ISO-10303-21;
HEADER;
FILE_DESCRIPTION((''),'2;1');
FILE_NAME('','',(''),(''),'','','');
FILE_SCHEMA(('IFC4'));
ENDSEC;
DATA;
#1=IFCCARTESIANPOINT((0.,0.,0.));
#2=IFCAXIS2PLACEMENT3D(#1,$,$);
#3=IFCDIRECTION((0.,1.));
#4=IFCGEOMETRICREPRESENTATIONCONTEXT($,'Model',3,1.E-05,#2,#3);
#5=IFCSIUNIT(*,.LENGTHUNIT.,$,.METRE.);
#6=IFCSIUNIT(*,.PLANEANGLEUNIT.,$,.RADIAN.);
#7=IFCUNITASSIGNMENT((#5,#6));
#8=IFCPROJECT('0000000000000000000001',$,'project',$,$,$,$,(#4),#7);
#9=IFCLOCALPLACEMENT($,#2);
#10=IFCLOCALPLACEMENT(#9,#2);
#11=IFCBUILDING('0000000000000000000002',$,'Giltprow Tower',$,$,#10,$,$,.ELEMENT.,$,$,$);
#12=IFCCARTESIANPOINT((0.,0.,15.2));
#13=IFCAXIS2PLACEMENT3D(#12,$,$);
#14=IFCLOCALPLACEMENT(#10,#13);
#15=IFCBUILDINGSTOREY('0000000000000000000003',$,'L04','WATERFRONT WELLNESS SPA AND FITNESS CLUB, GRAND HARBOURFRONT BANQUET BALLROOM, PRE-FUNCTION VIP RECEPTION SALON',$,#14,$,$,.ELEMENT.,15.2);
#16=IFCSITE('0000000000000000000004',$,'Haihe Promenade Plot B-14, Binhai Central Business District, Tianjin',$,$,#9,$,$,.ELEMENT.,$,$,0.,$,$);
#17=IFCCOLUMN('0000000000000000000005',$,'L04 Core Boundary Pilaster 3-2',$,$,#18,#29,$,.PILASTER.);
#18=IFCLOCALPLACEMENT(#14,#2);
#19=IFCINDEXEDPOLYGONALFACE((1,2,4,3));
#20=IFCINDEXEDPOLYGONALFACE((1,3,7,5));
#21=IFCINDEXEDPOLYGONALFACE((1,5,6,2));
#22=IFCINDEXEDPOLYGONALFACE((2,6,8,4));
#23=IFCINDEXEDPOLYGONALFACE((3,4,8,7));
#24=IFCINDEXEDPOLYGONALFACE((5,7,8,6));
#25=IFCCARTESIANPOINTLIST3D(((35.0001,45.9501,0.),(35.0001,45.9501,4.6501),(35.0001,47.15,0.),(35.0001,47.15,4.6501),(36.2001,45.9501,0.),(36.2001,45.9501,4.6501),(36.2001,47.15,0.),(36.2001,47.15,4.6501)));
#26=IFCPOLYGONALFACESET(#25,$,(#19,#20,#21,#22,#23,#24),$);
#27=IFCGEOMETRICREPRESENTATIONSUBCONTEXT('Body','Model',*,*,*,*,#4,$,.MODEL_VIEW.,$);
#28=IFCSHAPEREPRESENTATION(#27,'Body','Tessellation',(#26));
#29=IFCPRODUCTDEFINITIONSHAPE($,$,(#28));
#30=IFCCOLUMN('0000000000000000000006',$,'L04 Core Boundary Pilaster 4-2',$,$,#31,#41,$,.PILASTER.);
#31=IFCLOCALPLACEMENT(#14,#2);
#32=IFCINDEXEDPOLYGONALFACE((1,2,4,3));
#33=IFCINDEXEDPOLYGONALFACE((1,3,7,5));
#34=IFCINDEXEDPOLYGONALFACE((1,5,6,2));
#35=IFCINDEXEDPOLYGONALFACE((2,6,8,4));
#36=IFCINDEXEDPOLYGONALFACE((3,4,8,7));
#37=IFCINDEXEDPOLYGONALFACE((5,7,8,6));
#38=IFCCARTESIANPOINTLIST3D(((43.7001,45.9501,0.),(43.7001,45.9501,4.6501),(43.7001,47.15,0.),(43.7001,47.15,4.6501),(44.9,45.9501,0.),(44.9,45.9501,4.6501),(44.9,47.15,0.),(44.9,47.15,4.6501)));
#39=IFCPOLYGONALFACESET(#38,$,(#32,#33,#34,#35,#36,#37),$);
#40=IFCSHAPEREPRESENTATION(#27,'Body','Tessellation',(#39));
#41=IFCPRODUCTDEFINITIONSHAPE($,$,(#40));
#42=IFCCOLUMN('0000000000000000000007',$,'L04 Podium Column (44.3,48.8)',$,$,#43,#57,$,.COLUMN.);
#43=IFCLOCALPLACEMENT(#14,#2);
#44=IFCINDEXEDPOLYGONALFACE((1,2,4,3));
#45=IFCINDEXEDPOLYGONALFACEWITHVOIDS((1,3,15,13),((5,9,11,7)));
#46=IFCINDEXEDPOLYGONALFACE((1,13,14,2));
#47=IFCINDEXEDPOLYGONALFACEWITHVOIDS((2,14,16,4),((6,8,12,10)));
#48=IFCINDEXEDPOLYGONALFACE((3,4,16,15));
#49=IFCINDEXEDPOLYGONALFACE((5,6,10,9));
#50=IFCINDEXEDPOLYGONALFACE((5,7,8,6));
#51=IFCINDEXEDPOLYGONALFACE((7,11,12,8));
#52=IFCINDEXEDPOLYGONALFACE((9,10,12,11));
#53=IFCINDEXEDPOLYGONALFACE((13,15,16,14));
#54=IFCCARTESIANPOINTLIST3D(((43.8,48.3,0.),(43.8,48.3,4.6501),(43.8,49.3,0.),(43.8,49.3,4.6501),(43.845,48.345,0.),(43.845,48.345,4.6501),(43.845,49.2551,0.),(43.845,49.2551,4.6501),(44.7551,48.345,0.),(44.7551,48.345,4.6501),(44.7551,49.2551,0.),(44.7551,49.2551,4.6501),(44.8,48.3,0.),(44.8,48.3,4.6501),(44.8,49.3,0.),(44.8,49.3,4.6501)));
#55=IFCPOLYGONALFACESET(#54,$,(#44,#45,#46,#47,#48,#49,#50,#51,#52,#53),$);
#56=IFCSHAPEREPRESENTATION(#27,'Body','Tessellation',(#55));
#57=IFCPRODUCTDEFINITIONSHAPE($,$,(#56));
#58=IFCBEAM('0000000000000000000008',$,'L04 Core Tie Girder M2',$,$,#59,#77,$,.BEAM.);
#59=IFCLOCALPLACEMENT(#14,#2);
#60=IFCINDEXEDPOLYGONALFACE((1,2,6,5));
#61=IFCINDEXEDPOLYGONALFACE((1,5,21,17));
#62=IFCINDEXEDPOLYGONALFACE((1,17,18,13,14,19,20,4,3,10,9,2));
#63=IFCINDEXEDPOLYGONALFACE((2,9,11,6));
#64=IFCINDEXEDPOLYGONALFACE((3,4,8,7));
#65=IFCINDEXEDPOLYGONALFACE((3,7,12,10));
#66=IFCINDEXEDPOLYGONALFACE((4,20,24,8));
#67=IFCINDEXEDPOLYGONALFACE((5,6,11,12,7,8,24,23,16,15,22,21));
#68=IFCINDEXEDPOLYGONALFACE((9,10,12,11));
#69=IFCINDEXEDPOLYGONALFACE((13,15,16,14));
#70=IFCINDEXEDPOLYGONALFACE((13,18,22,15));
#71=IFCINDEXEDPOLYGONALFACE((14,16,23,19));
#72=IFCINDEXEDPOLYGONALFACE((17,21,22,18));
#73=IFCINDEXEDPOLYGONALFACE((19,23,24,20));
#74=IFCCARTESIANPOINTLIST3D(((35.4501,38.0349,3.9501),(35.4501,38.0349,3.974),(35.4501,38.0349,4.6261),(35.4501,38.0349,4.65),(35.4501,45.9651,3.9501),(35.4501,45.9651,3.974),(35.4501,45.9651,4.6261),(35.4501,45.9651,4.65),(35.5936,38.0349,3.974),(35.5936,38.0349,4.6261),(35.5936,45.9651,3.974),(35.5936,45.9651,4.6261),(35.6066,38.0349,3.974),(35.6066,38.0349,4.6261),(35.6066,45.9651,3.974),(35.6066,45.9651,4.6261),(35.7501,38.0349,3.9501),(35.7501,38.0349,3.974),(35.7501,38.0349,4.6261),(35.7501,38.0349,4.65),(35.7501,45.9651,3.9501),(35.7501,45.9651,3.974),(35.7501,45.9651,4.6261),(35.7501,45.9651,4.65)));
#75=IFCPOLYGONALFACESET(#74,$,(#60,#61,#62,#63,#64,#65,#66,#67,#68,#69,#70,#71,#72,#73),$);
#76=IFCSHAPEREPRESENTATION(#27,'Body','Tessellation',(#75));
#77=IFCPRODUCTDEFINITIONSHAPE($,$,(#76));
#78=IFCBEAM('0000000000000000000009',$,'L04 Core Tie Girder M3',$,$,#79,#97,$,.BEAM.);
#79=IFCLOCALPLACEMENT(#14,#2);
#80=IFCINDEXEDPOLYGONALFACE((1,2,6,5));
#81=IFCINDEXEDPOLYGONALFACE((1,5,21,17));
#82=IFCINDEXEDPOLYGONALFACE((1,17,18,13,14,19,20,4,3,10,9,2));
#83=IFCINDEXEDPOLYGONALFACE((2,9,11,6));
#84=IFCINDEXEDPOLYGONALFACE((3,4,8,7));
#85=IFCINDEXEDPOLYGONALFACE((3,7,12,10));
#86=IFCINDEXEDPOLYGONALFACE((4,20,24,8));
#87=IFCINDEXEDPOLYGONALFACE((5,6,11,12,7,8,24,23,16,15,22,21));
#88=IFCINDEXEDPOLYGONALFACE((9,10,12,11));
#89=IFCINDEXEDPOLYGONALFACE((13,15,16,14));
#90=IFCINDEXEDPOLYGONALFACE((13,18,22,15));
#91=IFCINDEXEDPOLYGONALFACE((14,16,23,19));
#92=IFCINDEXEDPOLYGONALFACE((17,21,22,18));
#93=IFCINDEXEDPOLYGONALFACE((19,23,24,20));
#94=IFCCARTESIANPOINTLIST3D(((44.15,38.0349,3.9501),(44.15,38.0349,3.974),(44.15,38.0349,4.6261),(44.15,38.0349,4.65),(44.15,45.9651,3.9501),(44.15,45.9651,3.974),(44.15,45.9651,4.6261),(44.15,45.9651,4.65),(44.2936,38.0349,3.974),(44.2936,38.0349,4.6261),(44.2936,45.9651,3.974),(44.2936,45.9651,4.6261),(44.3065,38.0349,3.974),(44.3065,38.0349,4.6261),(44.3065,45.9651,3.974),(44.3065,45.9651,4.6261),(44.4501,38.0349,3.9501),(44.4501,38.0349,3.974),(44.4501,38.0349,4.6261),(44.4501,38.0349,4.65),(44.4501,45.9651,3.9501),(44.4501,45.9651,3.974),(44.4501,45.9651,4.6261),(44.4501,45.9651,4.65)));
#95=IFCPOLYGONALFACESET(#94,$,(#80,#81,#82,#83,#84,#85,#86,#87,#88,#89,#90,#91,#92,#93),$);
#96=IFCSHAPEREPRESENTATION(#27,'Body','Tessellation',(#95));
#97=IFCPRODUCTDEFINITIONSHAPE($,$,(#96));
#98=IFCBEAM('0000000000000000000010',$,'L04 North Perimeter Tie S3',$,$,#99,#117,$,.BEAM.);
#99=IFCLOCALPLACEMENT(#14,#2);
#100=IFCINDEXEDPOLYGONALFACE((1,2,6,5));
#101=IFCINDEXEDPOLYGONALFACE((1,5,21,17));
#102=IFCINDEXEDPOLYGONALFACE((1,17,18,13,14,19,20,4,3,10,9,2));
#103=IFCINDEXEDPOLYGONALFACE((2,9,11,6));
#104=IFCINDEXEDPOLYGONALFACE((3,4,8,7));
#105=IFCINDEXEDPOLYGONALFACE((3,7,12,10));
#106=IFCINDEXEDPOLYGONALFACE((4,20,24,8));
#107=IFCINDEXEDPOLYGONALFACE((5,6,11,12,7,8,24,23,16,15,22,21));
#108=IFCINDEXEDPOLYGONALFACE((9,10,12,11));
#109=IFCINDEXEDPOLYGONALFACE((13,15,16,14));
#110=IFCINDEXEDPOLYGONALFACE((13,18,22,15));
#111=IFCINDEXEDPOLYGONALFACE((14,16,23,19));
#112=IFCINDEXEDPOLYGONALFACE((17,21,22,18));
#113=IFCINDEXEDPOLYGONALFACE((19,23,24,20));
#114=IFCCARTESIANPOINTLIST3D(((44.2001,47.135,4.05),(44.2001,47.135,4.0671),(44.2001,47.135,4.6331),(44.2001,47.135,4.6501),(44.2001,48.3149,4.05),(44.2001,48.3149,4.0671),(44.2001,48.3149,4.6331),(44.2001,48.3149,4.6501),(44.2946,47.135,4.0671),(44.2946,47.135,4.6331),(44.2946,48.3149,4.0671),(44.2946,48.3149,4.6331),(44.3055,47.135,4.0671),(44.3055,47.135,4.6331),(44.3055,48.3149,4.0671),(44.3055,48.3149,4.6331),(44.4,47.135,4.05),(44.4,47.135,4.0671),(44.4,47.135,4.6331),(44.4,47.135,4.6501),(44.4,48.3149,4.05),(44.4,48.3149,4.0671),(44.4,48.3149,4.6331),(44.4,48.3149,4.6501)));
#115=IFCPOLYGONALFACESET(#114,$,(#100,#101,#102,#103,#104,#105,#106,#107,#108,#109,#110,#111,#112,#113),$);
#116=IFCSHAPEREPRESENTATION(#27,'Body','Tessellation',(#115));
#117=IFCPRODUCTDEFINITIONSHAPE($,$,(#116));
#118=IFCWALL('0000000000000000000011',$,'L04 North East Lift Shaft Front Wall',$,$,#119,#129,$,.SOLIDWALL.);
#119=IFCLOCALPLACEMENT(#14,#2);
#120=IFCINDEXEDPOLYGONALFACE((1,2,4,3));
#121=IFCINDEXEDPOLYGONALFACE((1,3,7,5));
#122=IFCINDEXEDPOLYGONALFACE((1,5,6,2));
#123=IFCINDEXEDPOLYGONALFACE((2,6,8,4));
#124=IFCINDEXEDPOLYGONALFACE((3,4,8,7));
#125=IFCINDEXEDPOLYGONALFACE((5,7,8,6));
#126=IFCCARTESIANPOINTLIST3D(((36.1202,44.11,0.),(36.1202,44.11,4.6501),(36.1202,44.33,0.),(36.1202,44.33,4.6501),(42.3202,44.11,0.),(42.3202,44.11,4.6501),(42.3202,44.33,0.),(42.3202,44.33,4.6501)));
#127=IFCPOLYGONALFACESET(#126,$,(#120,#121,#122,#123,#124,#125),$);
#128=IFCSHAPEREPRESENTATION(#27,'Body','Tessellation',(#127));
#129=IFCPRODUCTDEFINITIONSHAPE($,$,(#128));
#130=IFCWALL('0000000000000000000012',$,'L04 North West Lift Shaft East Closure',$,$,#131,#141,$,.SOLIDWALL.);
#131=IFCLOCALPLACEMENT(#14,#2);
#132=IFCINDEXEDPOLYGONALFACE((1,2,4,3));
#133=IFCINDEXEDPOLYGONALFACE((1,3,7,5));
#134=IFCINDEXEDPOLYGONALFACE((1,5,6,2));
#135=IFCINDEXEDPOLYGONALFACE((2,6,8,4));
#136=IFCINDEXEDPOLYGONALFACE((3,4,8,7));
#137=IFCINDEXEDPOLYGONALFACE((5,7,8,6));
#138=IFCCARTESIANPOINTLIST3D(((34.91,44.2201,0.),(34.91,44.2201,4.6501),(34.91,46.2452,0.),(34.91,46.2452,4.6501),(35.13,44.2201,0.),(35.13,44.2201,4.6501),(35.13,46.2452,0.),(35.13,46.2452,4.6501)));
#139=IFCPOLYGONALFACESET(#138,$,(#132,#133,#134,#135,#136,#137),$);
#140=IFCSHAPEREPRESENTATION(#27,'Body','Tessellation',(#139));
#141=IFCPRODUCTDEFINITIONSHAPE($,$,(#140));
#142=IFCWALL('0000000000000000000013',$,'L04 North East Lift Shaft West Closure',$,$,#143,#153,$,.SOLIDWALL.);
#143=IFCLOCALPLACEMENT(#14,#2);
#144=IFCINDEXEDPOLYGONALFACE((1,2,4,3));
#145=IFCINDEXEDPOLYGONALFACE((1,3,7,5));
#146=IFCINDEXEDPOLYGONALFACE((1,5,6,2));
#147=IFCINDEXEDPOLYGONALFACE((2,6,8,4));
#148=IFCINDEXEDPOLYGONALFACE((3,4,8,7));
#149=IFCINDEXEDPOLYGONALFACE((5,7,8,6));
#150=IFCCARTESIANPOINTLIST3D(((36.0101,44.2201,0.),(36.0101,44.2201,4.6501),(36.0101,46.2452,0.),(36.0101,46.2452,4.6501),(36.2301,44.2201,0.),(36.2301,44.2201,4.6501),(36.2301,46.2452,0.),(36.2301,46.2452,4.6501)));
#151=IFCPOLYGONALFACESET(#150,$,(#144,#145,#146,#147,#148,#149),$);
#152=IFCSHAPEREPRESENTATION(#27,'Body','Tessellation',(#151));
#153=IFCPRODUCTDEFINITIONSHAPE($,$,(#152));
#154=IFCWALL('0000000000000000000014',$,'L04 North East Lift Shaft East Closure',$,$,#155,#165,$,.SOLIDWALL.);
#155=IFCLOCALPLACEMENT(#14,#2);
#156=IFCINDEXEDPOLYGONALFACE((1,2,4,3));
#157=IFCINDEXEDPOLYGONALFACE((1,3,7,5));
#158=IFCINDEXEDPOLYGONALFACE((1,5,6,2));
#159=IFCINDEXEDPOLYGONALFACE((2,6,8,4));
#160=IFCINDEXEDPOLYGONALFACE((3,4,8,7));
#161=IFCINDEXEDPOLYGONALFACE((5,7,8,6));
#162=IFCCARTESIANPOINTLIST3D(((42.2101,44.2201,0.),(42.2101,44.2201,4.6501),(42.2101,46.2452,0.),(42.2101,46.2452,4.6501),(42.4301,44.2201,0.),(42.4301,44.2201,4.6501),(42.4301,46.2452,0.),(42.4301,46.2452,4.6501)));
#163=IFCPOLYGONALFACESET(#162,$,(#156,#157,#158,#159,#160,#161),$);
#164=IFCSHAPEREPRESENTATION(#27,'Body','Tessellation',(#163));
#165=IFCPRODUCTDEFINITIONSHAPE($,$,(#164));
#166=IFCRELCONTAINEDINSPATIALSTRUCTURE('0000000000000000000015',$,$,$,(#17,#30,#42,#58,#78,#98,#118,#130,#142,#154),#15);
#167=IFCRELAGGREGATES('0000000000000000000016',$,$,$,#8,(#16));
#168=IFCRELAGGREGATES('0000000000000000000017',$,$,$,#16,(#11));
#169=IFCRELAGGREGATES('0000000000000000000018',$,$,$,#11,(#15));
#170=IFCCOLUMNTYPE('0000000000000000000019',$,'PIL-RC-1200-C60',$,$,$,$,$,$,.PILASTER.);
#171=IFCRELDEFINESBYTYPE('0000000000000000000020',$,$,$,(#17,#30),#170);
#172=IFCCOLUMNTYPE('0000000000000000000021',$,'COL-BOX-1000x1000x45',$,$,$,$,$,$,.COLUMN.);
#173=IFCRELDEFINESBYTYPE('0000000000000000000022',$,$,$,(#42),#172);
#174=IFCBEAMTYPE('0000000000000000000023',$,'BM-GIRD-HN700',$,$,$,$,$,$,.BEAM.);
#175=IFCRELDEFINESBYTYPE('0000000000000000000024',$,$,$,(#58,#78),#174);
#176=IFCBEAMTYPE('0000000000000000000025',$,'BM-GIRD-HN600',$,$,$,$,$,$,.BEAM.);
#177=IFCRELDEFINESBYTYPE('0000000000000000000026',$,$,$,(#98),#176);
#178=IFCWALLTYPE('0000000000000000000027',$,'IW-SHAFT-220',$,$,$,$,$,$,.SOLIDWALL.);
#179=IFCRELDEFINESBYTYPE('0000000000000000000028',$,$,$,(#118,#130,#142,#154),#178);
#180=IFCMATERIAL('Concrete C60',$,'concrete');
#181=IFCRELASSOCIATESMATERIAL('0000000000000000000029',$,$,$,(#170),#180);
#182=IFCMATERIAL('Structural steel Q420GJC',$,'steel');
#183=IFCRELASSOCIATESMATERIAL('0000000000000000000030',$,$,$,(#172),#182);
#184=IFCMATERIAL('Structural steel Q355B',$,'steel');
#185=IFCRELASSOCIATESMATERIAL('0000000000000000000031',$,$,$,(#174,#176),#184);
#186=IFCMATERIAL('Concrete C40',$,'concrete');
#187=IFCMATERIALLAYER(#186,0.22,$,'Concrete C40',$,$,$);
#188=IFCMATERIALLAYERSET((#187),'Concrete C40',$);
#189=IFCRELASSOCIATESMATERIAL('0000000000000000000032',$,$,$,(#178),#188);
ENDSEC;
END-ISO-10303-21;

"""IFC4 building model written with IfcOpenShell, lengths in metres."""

from ifc_helpers import new_model, si_unit, direction, frame, frame_2d, origin, origin_2d, place, context, subcontext, project, spatial, rectangle, hollow_rectangle, i_section, extrude, source, transform, mapped, material, layer, layer_set, material_profile, profile_set, type_object, element, save


model = new_model("IFC4")

# Units and contexts
model_context = context("Model", 3, precision=1e-05, world=origin(), true_north=direction((0.0, 1.0)))
body_context = subcontext(model_context, "Body", "Model", "MODEL_VIEW")
ifc_project = project(units=[si_unit("LENGTHUNIT", "METRE"), si_unit("PLANEANGLEUNIT", "RADIAN")], contexts=[model_context])

# Site, building, storey
site_placement = place(None, origin())
site = spatial("IfcSite", under=ifc_project, at=site_placement, Name="Haihe Promenade Plot B-14, Binhai Central Business District, Tianjin", CompositionType="ELEMENT", RefElevation=0.0)
building_placement = place(site_placement, origin())
building = spatial("IfcBuilding", under=site, at=building_placement, Name="Giltprow Tower", CompositionType="ELEMENT")
storey_placement = place(building_placement, frame((0.0, 0.0, 15.2)))
storey = spatial("IfcBuildingStorey", under=building, at=storey_placement, Name="L04", Description="WATERFRONT WELLNESS SPA AND FITNESS CLUB, GRAND HARBOURFRONT BANQUET BALLROOM, PRE-FUNCTION VIP RECEPTION SALON", CompositionType="ELEMENT", Elevation=15.2)

# Columns
ifc_material_1 = material(Name="Concrete C60", Category="concrete")
ifc_material_profile_1 = material_profile(ifc_material_1, rectangle(XDim=1.2, YDim=1.2, at=origin_2d()), Name="RC 1200x1200")
ifc_profile_set_1 = profile_set([ifc_material_profile_1], Name="Concrete C60")
column_type_1 = type_object("IfcColumnType", Name="PIL-RC-1200-C60", PredefinedType="PILASTER", material=ifc_profile_set_1)
shared_shape_1 = source(origin(), body_context, "Body", "SweptSolid", [
    extrude(rectangle(XDim=1.2, YDim=1.2, at=origin_2d()), origin(), (0.0, 0.0, 1.0), 4.6501),
])
for number, where, z_axis, x_axis, name in (
    (1, (35.6001, 46.55, 0.0), (0.0, 0.0, 1.0), (1.0, 0.0, 0.0), "L04 Core Boundary Pilaster 3-2"),
    (2, (44.3, 46.55, 0.0), (0.0, 0.0, 1.0), (1.0, 0.0, 0.0), "L04 Core Boundary Pilaster 4-2"),
):
    element("IfcColumn", number, at=place(storey_placement, frame(where, z_axis=z_axis, x_axis=x_axis)), inside=storey, type_object=column_type_1, Name=name, PredefinedType="PILASTER", context=body_context, shape_type="MappedRepresentation", body=[
        mapped(shared_shape_1, transform((0.0, 0.0, 0.0), x_axis=(1.0, 0.0, 0.0), y_axis=(0.0, 1.0, 0.0), z_axis=(0.0, 0.0, 1.0), scale=1.0)),
    ])
ifc_material_2 = material(Name="Structural steel Q420GJC", Category="steel")
ifc_material_profile_2 = material_profile(ifc_material_2, hollow_rectangle(XDim=1.0, YDim=1.0, WallThickness=0.0449, at=origin_2d()), Name="BOX 1000x1000x45")
ifc_profile_set_2 = profile_set([ifc_material_profile_2], Name="Structural steel Q420GJC")
column_type_2 = type_object("IfcColumnType", Name="COL-BOX-1000x1000x45", PredefinedType="COLUMN", material=ifc_profile_set_2)
shared_shape_2 = source(origin(), body_context, "Body", "SweptSolid", [
    extrude(hollow_rectangle(XDim=1.0, YDim=1.0, WallThickness=0.0449, at=origin_2d()), origin(), (0.0, 0.0, 1.0), 4.6501),
])
column_placement = place(storey_placement, frame((44.3, 48.8, 0.0), z_axis=(0.0, 0.0, 1.0), x_axis=(1.0, 0.0, 0.0)))
element("IfcColumn", 3, at=column_placement, inside=storey, type_object=column_type_2, Name="L04 Podium Column (44.3,48.8)", PredefinedType="COLUMN", context=body_context, shape_type="MappedRepresentation", body=[
    mapped(shared_shape_2, transform((0.0, 0.0, 0.0), x_axis=(1.0, 0.0, 0.0), y_axis=(0.0, 1.0, 0.0), z_axis=(0.0, 0.0, 1.0), scale=1.0)),
])

# Beams
ifc_material_3 = material(Name="Structural steel Q355B", Category="steel")
ifc_material_profile_3 = material_profile(ifc_material_3, i_section(OverallWidth=0.3, OverallDepth=0.7, WebThickness=0.0129, FlangeThickness=0.0239, at=origin_2d()), Name="HN 700x300x13x24")
ifc_profile_set_3 = profile_set([ifc_material_profile_3], Name="Structural steel Q355B")
beam_type_1 = type_object("IfcBeamType", Name="BM-GIRD-HN700", PredefinedType="BEAM", material=ifc_profile_set_3)
shared_shape_3 = source(origin(), body_context, "Body", "SweptSolid", [
    extrude(i_section(OverallWidth=0.3, OverallDepth=0.7, WebThickness=0.0129, FlangeThickness=0.0239, at=origin_2d()), origin(), (0.0, 0.0, 1.0), 7.9302),
])
for number, where, z_axis, x_axis, name in (
    (4, (35.6001, 38.0349, 4.3), (0.0, 1.0, 0.0), (-1.0, 0.0, 0.0), "L04 Core Tie Girder M2"),
    (5, (44.3, 38.0349, 4.3), (0.0, 1.0, 0.0), (-1.0, 0.0, 0.0), "L04 Core Tie Girder M3"),
):
    element("IfcBeam", number, at=place(storey_placement, frame(where, z_axis=z_axis, x_axis=x_axis)), inside=storey, type_object=beam_type_1, Name=name, PredefinedType="BEAM", context=body_context, shape_type="MappedRepresentation", body=[
        mapped(shared_shape_3, transform((0.0, 0.0, 0.0), x_axis=(1.0, 0.0, 0.0), y_axis=(0.0, 1.0, 0.0), z_axis=(0.0, 0.0, 1.0), scale=1.0)),
    ])
ifc_material_profile_4 = material_profile(ifc_material_3, i_section(OverallWidth=0.2, OverallDepth=0.6001, WebThickness=0.011, FlangeThickness=0.0171, at=origin_2d()), Name="HN 600x200x11x17")
ifc_profile_set_4 = profile_set([ifc_material_profile_4], Name="Structural steel Q355B")
beam_type_2 = type_object("IfcBeamType", Name="BM-GIRD-HN600", PredefinedType="BEAM", material=ifc_profile_set_4)
shared_shape_4 = source(origin(), body_context, "Body", "SweptSolid", [
    extrude(i_section(OverallWidth=0.2, OverallDepth=0.6001, WebThickness=0.011, FlangeThickness=0.0171, at=origin_2d()), origin(), (0.0, 0.0, 1.0), 1.1799),
])
beam_placement = place(storey_placement, frame((44.3, 47.135, 4.3501), z_axis=(0.0, 1.0, 0.0), x_axis=(-1.0, 0.0, 0.0)))
element("IfcBeam", 6, at=beam_placement, inside=storey, type_object=beam_type_2, Name="L04 North Perimeter Tie S3", PredefinedType="BEAM", context=body_context, shape_type="MappedRepresentation", body=[
    mapped(shared_shape_4, transform((0.0, 0.0, 0.0), x_axis=(1.0, 0.0, 0.0), y_axis=(0.0, 1.0, 0.0), z_axis=(0.0, 0.0, 1.0), scale=1.0)),
])

# Walls
ifc_material_4 = material(Name="Concrete C40", Category="concrete")
ifc_layer_1 = layer(ifc_material_4, 0.22, Name="Concrete C40")
ifc_layer_set_1 = layer_set([ifc_layer_1], Name="Concrete C40")
wall_type_1 = type_object("IfcWallType", Name="IW-SHAFT-220", PredefinedType="SOLIDWALL", material=ifc_layer_set_1)
wall_1_placement = place(storey_placement, frame((36.1201, 44.22, 0.0), z_axis=(0.0, 0.0, 1.0), x_axis=(1.0, 0.0, 0.0)))
element("IfcWall", 7, at=wall_1_placement, inside=storey, type_object=wall_type_1, Name="L04 North East Lift Shaft Front Wall", PredefinedType="SOLIDWALL", context=body_context, shape_type="SweptSolid", body=[
    extrude(rectangle(XDim=6.2, YDim=0.22, at=frame_2d((3.1001, 0.0))), origin(), (0.0, 0.0, 1.0), 4.6501),
])
for number, where, z_axis, x_axis, name in (
    (8, (35.02, 44.22, 0.0), (0.0, 0.0, 1.0), (0.0, 1.0, 0.0), "L04 North West Lift Shaft East Closure"),
    (9, (36.1201, 44.22, 0.0), (0.0, 0.0, 1.0), (0.0, 1.0, 0.0), "L04 North East Lift Shaft West Closure"),
    (10, (42.3201, 44.22, 0.0), (0.0, 0.0, 1.0), (0.0, 1.0, 0.0), "L04 North East Lift Shaft East Closure"),
):
    element("IfcWall", number, at=place(storey_placement, frame(where, z_axis=z_axis, x_axis=x_axis)), inside=storey, type_object=wall_type_1, Name=name, PredefinedType="SOLIDWALL", context=body_context, shape_type="SweptSolid", body=[
        extrude(rectangle(XDim=2.0251, YDim=0.22, at=frame_2d((1.0127, 0.0))), origin(), (0.0, 0.0, 1.0), 4.6501),
    ])

save(model, "model.ifc")
